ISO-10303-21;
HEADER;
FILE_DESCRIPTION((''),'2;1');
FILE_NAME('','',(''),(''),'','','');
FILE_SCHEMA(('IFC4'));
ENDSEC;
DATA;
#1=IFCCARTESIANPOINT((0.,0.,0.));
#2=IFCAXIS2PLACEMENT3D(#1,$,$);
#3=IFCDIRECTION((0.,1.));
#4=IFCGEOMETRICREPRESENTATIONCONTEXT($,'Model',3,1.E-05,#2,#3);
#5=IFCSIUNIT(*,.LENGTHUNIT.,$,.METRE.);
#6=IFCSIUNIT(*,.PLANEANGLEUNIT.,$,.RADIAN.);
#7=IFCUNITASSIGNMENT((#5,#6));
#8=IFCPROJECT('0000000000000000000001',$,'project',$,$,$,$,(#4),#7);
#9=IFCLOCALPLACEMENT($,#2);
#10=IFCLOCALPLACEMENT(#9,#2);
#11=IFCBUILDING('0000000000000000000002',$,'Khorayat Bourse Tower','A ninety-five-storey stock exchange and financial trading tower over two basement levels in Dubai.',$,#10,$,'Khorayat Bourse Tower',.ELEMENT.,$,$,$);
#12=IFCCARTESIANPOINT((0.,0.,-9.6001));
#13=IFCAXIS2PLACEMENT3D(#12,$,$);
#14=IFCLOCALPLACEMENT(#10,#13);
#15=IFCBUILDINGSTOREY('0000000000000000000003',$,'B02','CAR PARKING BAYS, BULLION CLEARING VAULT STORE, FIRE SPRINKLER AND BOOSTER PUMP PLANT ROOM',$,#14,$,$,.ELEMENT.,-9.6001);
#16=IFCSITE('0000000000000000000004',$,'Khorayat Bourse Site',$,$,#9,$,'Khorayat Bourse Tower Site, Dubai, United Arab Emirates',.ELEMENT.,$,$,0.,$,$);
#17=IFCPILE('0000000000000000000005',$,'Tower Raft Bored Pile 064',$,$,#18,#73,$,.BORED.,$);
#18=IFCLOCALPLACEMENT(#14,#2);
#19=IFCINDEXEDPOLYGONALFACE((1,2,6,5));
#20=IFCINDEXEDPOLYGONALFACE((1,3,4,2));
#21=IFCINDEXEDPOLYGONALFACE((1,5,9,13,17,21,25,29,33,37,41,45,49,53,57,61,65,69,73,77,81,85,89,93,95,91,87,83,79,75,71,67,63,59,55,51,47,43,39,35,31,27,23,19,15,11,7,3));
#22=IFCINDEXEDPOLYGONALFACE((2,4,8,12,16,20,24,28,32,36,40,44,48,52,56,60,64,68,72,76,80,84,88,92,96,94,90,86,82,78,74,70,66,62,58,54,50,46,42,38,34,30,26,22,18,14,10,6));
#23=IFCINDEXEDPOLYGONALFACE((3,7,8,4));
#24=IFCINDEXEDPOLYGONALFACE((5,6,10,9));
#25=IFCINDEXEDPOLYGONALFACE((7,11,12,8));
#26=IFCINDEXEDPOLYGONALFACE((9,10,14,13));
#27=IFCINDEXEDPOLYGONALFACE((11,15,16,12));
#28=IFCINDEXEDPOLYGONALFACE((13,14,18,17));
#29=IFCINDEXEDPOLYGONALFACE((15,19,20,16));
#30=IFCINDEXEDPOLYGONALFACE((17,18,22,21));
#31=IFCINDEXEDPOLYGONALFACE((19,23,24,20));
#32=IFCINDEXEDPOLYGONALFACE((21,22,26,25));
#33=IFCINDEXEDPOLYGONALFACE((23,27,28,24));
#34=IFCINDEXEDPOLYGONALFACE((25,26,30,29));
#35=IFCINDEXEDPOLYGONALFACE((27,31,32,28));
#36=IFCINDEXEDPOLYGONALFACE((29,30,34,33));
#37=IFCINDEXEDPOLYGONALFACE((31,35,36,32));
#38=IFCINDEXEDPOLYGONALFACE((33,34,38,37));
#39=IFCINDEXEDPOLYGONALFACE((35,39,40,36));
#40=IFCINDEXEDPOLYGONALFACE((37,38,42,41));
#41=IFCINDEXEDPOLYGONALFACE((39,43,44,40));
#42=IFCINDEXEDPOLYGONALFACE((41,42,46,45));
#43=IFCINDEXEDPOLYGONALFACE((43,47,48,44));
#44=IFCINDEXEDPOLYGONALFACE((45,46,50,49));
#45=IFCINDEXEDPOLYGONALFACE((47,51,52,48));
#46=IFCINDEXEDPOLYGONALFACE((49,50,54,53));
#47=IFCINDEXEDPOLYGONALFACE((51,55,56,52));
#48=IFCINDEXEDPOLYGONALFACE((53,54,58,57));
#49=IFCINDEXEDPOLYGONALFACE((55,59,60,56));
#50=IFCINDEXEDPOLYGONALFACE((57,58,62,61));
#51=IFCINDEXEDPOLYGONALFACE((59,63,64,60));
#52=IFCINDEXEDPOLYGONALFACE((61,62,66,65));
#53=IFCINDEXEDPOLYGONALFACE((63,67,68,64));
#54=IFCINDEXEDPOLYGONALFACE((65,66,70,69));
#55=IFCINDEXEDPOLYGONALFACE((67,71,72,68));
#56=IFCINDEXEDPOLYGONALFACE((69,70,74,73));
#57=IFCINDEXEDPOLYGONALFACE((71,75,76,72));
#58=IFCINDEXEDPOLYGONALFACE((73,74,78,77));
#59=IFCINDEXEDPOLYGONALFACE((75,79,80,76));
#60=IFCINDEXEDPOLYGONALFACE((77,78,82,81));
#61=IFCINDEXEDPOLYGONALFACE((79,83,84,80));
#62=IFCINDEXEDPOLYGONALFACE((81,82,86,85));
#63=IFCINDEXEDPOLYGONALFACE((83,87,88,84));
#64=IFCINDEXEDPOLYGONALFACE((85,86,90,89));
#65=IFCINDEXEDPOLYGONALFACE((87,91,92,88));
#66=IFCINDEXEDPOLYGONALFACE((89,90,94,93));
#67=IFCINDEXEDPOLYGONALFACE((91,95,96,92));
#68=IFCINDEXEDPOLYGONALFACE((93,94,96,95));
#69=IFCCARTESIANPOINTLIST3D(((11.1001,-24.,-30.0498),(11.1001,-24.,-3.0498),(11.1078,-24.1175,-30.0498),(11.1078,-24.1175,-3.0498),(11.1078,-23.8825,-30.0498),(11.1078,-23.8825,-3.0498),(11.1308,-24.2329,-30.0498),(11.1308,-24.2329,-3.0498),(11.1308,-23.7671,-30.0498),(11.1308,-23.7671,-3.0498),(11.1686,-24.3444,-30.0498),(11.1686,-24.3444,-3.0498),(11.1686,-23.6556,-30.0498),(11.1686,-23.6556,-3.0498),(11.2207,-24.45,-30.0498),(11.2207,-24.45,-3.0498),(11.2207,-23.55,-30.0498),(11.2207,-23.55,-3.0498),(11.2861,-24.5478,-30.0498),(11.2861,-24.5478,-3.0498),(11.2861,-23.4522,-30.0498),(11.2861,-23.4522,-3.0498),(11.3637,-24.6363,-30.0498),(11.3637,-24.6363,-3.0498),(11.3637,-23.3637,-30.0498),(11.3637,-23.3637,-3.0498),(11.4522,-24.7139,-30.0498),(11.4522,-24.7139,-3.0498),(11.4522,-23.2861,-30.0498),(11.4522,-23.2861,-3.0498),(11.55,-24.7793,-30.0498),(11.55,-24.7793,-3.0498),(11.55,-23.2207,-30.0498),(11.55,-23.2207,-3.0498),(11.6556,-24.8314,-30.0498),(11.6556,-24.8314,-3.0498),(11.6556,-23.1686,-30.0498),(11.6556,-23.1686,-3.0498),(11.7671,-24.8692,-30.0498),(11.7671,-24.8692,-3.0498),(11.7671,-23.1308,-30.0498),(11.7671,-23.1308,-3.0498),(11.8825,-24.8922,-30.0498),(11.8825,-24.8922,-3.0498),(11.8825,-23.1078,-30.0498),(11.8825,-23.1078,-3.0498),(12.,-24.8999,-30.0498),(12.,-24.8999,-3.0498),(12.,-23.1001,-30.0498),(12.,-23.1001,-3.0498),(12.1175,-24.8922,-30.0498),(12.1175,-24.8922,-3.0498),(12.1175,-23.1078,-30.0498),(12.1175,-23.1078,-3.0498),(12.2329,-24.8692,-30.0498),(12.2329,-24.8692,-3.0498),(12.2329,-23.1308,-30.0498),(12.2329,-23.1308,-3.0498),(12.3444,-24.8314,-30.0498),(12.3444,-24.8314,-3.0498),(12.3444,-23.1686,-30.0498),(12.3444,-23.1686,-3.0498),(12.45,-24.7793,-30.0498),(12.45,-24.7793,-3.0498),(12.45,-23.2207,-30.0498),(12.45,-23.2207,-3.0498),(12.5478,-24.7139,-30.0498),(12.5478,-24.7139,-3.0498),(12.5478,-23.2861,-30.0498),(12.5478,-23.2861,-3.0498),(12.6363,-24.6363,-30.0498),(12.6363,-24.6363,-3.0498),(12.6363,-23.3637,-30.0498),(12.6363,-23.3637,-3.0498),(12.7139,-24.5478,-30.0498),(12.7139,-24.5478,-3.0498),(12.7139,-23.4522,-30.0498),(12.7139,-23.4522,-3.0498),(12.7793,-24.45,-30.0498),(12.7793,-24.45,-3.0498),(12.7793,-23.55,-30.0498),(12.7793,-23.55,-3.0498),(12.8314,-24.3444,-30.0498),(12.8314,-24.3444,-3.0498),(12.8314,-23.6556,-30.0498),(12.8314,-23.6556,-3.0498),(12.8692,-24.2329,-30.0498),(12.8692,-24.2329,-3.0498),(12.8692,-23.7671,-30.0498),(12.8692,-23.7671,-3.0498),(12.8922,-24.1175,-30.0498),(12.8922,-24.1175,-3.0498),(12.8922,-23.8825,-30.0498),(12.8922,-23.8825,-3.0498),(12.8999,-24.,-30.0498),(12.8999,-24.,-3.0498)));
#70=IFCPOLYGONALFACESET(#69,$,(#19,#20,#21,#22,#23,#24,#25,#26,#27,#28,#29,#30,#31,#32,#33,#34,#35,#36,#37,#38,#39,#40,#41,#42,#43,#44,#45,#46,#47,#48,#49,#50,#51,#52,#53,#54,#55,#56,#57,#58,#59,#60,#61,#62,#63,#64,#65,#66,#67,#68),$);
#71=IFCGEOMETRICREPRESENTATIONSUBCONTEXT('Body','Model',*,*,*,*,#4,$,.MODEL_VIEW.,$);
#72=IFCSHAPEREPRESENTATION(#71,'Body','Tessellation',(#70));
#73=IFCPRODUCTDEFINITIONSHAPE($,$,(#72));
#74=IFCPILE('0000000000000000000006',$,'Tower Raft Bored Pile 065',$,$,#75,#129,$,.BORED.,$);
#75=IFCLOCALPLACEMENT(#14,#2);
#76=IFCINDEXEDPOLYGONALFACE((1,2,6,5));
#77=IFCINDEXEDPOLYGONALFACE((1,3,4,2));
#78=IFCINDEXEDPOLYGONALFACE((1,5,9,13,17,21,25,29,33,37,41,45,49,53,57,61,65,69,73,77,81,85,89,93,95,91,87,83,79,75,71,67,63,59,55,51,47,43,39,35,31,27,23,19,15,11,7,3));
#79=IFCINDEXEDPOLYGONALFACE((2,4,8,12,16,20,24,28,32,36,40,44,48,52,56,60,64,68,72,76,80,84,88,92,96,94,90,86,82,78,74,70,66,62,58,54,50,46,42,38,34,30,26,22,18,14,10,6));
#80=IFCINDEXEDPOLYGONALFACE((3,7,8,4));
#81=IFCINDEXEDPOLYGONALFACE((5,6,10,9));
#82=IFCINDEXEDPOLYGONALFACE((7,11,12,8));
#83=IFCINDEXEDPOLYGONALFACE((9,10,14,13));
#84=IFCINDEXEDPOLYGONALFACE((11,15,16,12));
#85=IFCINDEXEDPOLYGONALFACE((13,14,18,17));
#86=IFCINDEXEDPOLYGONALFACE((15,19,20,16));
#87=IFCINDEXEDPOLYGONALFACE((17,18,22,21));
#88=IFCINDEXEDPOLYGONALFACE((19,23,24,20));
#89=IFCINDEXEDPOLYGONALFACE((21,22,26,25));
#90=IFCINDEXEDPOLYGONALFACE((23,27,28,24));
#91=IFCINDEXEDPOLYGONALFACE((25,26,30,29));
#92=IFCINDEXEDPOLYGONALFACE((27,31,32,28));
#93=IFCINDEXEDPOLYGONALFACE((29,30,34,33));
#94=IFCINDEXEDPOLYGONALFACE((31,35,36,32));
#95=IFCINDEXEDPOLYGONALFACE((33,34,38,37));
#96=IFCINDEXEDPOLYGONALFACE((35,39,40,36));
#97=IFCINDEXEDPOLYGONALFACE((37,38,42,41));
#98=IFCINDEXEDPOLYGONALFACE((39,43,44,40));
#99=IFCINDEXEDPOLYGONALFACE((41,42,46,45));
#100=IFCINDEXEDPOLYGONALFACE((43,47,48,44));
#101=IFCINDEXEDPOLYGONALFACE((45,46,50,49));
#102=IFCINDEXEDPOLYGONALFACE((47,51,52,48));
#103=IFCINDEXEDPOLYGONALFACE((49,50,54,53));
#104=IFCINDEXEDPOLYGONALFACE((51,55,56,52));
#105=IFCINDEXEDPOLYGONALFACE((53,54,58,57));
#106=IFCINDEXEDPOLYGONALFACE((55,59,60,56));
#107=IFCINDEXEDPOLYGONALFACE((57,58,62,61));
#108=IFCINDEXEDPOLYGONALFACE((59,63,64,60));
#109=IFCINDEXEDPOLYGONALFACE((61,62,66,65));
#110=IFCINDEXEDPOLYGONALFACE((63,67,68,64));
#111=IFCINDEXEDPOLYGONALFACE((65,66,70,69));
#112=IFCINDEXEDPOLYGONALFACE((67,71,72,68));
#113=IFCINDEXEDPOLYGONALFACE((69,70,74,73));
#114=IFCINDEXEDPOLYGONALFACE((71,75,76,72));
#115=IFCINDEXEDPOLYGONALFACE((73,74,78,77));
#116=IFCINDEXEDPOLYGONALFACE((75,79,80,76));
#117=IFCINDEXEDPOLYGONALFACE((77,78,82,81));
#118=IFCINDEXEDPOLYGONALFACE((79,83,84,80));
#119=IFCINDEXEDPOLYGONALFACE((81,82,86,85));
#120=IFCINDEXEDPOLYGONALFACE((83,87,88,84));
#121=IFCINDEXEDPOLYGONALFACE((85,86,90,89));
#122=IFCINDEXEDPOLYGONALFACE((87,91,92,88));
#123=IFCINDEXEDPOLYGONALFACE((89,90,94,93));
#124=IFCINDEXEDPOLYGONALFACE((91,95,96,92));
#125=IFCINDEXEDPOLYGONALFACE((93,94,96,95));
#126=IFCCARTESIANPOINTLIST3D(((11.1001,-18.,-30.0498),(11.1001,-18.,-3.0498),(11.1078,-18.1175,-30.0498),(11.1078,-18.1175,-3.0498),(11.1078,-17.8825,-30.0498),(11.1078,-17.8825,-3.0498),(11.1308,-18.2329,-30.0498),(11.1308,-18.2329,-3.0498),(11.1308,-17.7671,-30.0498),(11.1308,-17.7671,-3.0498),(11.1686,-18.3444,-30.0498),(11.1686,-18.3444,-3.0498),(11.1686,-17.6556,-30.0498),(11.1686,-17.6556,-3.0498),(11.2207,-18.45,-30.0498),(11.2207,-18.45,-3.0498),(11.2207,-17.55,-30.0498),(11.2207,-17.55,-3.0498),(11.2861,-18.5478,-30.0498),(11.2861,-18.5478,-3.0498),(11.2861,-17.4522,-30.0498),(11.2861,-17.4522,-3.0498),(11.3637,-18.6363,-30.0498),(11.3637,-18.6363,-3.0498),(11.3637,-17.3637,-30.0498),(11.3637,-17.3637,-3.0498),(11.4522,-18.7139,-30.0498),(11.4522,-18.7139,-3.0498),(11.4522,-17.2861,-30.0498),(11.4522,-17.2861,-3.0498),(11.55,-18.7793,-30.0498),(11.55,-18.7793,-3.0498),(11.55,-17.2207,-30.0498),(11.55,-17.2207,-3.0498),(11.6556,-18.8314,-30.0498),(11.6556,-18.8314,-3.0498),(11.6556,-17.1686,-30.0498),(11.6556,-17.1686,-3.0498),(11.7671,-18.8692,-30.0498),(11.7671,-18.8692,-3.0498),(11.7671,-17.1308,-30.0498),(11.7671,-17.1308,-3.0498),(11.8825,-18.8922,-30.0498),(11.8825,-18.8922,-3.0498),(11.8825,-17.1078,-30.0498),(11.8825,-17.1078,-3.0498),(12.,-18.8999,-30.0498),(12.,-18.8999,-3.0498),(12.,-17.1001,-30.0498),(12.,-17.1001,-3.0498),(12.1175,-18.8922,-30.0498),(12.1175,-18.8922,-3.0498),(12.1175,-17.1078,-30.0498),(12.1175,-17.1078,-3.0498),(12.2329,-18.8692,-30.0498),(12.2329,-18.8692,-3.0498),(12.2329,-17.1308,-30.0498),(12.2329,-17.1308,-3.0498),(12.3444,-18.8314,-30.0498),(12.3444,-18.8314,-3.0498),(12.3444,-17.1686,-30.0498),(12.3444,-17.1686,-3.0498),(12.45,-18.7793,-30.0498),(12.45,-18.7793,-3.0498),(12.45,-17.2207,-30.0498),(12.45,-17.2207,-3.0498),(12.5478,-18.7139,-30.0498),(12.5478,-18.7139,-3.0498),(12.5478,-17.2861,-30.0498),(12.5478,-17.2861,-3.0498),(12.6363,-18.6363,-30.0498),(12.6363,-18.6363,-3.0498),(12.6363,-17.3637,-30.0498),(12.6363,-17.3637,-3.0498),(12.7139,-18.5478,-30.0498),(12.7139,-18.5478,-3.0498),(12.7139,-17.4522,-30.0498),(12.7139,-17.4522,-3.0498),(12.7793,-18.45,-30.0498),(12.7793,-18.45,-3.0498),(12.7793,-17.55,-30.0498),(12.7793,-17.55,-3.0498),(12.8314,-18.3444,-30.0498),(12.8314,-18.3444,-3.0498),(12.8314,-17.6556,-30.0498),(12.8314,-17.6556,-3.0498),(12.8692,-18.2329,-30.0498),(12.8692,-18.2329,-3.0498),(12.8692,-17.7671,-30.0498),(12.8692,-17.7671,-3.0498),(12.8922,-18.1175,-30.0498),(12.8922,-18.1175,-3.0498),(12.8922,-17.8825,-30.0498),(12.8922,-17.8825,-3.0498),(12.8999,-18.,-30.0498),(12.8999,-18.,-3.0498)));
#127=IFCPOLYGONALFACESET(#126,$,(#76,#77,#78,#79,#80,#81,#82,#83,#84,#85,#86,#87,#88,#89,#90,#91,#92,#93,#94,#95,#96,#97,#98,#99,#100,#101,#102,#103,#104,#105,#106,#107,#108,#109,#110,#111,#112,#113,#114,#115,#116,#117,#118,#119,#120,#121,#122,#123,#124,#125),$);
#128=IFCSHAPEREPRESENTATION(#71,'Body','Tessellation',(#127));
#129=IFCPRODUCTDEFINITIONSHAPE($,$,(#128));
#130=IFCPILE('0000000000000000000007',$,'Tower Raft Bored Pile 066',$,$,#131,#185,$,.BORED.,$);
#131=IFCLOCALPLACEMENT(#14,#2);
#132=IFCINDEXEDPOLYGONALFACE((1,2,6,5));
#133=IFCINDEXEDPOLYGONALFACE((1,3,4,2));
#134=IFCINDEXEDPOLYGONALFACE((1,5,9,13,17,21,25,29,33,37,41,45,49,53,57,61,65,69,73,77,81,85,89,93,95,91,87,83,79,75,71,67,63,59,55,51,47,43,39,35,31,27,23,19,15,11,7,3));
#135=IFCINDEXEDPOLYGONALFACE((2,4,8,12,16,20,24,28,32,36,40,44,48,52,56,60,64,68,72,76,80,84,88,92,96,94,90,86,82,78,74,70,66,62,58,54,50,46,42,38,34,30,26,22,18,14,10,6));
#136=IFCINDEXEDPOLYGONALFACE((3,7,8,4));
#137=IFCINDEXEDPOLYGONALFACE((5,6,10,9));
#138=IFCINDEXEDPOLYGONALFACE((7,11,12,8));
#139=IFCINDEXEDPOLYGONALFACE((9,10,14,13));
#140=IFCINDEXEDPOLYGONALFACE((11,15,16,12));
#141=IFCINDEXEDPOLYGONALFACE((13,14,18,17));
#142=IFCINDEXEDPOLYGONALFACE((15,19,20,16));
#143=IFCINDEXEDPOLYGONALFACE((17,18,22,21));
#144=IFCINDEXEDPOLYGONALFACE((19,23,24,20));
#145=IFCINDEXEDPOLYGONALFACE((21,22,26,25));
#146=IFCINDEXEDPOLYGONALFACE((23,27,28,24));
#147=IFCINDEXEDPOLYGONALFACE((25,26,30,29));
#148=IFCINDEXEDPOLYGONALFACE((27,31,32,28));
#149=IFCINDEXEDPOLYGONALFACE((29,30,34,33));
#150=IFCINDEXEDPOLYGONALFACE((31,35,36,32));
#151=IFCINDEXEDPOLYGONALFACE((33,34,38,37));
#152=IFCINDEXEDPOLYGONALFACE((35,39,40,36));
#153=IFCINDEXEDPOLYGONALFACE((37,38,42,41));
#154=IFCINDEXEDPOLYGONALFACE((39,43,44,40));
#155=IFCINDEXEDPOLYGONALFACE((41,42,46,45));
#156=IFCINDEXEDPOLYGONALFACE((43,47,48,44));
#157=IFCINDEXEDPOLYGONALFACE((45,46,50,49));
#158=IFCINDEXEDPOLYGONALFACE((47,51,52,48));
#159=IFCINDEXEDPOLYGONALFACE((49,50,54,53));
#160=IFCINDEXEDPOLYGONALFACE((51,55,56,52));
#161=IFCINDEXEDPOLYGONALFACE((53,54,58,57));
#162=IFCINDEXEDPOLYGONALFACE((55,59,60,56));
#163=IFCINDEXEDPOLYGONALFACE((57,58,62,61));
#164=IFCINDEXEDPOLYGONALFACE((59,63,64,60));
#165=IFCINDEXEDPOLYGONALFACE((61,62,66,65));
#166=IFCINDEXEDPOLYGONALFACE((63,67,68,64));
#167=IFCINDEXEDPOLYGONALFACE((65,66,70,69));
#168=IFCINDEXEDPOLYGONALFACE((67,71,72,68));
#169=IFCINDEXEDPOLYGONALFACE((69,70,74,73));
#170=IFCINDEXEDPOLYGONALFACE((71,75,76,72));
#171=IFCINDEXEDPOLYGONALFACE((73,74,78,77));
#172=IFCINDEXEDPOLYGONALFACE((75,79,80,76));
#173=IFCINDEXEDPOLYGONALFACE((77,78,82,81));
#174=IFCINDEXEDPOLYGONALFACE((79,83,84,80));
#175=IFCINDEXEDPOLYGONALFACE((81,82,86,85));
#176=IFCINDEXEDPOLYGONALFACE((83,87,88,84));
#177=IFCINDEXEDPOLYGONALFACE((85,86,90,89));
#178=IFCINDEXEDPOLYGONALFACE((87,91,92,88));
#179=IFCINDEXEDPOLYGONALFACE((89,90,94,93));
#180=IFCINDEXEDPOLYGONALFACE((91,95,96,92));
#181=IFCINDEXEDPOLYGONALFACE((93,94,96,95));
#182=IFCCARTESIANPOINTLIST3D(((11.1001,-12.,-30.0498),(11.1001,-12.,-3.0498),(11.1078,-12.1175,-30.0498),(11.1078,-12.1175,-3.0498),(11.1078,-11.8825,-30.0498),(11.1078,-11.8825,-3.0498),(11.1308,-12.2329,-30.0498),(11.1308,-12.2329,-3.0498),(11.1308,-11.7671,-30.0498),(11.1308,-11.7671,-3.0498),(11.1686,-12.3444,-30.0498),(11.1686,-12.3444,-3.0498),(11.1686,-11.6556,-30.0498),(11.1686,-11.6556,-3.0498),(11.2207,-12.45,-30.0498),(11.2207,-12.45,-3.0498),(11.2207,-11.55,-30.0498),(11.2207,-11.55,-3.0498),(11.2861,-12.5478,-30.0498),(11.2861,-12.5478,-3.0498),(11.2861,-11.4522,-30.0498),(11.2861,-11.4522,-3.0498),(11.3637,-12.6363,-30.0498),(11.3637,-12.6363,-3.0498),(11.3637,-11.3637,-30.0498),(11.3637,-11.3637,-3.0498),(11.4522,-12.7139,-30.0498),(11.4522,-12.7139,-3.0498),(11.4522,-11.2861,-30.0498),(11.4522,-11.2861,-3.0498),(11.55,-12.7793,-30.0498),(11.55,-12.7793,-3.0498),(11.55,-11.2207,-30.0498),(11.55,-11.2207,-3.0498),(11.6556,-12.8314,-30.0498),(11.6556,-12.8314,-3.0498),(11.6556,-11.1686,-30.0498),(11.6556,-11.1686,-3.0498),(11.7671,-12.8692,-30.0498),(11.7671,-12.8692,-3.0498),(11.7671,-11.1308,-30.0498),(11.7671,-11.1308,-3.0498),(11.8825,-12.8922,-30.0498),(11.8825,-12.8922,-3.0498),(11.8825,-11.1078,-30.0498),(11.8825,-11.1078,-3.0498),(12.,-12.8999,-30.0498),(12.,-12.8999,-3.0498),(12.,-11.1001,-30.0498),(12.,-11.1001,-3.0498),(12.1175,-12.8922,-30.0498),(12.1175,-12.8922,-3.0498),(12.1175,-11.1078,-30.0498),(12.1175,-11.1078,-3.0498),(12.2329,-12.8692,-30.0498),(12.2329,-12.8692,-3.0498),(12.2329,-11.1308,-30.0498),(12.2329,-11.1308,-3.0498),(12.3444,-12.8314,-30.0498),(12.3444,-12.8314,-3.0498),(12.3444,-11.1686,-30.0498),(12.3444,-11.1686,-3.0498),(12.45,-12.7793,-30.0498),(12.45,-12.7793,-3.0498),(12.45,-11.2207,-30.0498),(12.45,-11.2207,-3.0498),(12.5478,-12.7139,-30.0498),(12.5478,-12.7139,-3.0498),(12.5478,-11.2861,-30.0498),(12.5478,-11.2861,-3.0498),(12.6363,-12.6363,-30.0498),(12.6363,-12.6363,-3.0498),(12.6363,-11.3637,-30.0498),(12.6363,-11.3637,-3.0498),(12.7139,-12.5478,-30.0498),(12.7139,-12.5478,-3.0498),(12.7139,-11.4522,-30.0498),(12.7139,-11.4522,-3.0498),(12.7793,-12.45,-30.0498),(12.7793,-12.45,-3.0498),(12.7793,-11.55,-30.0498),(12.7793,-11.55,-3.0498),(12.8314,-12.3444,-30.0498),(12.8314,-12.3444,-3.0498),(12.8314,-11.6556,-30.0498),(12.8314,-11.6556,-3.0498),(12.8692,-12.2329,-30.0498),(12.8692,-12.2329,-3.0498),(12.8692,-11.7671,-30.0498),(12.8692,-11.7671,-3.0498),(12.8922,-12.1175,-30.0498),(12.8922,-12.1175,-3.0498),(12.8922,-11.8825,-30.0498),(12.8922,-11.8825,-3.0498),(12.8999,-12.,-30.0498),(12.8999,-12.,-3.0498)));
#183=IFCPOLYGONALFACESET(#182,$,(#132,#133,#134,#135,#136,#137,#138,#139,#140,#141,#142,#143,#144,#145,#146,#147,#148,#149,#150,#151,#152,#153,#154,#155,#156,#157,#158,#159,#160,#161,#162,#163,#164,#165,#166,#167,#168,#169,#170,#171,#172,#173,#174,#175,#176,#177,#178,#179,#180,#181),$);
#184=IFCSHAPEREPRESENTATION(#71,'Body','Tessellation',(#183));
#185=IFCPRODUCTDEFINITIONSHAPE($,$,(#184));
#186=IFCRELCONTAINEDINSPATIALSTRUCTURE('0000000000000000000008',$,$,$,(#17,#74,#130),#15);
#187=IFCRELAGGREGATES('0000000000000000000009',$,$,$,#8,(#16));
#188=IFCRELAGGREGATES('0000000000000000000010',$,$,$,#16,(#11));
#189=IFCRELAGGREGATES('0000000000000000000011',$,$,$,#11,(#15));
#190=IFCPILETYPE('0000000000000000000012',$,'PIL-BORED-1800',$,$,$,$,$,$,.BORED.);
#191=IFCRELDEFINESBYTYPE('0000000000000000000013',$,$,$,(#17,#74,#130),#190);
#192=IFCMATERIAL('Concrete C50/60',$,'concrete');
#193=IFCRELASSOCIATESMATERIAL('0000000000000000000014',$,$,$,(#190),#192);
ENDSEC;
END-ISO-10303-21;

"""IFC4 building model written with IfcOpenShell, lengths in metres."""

from ifc_helpers import new_model, si_unit, direction, frame, origin, origin_2d, place, context, subcontext, project, spatial, circle, extrude, source, transform, mapped, material, material_profile, profile_set, type_object, element, save


model = new_model("IFC4")

# Units and contexts
model_context = context("Model", 3, precision=1e-05, world=origin(), true_north=direction((0.0, 1.0)))
body_context = subcontext(model_context, "Body", "Model", "MODEL_VIEW")
ifc_project = project(units=[si_unit("LENGTHUNIT", "METRE"), si_unit("PLANEANGLEUNIT", "RADIAN")], contexts=[model_context])

# Site, building, storey
site_placement = place(None, origin())
site = spatial("IfcSite", under=ifc_project, at=site_placement, Name="Khorayat Bourse Site", LongName="Khorayat Bourse Tower Site, Dubai, United Arab Emirates", CompositionType="ELEMENT", RefElevation=0.0)
building_placement = place(site_placement, origin())
building = spatial("IfcBuilding", under=site, at=building_placement, Name="Khorayat Bourse Tower", Description="A ninety-five-storey stock exchange and financial trading tower over two basement levels in Dubai.", LongName="Khorayat Bourse Tower", CompositionType="ELEMENT")
storey_placement = place(building_placement, frame((0.0, 0.0, -9.6001)))
storey = spatial("IfcBuildingStorey", under=building, at=storey_placement, Name="B02", Description="CAR PARKING BAYS, BULLION CLEARING VAULT STORE, FIRE SPRINKLER AND BOOSTER PUMP PLANT ROOM", CompositionType="ELEMENT", Elevation=-9.6001)

# Piles
ifc_material_1 = material(Name="Concrete C50/60", Category="concrete")
ifc_material_profile_1 = material_profile(ifc_material_1, circle(Radius=0.8999, at=origin_2d()), Name="BORED PILE D1800")
ifc_profile_set_1 = profile_set([ifc_material_profile_1], Name="Concrete C50/60")
pile_type = type_object("IfcPileType", Name="PIL-BORED-1800", PredefinedType="BORED", material=ifc_profile_set_1)
shared_shape_1 = source(origin(), body_context, "Body", "SweptSolid", [
    extrude(circle(Radius=0.8999, at=origin_2d()), origin(), (0.0, 0.0, 1.0), 27.0),
])
for number, where, z_axis, x_axis, name in (
    (1, (12.0, -24.0, -3.0498), (0.0, 0.0, -1.0), (1.0, 0.0, 0.0), "Tower Raft Bored Pile 064"),
    (2, (12.0, -18.0, -3.0498), (0.0, 0.0, -1.0), (1.0, 0.0, 0.0), "Tower Raft Bored Pile 065"),
    (3, (12.0, -12.0, -3.0498), (0.0, 0.0, -1.0), (1.0, 0.0, 0.0), "Tower Raft Bored Pile 066"),
):
    element("IfcPile", number, at=place(storey_placement, frame(where, z_axis=z_axis, x_axis=x_axis)), inside=storey, type_object=pile_type, Name=name, PredefinedType="BORED", context=body_context, shape_type="MappedRepresentation", body=[
        mapped(shared_shape_1, transform((0.0, 0.0, 0.0), scale=1.0)),
    ])

save(model, "model.ifc")
